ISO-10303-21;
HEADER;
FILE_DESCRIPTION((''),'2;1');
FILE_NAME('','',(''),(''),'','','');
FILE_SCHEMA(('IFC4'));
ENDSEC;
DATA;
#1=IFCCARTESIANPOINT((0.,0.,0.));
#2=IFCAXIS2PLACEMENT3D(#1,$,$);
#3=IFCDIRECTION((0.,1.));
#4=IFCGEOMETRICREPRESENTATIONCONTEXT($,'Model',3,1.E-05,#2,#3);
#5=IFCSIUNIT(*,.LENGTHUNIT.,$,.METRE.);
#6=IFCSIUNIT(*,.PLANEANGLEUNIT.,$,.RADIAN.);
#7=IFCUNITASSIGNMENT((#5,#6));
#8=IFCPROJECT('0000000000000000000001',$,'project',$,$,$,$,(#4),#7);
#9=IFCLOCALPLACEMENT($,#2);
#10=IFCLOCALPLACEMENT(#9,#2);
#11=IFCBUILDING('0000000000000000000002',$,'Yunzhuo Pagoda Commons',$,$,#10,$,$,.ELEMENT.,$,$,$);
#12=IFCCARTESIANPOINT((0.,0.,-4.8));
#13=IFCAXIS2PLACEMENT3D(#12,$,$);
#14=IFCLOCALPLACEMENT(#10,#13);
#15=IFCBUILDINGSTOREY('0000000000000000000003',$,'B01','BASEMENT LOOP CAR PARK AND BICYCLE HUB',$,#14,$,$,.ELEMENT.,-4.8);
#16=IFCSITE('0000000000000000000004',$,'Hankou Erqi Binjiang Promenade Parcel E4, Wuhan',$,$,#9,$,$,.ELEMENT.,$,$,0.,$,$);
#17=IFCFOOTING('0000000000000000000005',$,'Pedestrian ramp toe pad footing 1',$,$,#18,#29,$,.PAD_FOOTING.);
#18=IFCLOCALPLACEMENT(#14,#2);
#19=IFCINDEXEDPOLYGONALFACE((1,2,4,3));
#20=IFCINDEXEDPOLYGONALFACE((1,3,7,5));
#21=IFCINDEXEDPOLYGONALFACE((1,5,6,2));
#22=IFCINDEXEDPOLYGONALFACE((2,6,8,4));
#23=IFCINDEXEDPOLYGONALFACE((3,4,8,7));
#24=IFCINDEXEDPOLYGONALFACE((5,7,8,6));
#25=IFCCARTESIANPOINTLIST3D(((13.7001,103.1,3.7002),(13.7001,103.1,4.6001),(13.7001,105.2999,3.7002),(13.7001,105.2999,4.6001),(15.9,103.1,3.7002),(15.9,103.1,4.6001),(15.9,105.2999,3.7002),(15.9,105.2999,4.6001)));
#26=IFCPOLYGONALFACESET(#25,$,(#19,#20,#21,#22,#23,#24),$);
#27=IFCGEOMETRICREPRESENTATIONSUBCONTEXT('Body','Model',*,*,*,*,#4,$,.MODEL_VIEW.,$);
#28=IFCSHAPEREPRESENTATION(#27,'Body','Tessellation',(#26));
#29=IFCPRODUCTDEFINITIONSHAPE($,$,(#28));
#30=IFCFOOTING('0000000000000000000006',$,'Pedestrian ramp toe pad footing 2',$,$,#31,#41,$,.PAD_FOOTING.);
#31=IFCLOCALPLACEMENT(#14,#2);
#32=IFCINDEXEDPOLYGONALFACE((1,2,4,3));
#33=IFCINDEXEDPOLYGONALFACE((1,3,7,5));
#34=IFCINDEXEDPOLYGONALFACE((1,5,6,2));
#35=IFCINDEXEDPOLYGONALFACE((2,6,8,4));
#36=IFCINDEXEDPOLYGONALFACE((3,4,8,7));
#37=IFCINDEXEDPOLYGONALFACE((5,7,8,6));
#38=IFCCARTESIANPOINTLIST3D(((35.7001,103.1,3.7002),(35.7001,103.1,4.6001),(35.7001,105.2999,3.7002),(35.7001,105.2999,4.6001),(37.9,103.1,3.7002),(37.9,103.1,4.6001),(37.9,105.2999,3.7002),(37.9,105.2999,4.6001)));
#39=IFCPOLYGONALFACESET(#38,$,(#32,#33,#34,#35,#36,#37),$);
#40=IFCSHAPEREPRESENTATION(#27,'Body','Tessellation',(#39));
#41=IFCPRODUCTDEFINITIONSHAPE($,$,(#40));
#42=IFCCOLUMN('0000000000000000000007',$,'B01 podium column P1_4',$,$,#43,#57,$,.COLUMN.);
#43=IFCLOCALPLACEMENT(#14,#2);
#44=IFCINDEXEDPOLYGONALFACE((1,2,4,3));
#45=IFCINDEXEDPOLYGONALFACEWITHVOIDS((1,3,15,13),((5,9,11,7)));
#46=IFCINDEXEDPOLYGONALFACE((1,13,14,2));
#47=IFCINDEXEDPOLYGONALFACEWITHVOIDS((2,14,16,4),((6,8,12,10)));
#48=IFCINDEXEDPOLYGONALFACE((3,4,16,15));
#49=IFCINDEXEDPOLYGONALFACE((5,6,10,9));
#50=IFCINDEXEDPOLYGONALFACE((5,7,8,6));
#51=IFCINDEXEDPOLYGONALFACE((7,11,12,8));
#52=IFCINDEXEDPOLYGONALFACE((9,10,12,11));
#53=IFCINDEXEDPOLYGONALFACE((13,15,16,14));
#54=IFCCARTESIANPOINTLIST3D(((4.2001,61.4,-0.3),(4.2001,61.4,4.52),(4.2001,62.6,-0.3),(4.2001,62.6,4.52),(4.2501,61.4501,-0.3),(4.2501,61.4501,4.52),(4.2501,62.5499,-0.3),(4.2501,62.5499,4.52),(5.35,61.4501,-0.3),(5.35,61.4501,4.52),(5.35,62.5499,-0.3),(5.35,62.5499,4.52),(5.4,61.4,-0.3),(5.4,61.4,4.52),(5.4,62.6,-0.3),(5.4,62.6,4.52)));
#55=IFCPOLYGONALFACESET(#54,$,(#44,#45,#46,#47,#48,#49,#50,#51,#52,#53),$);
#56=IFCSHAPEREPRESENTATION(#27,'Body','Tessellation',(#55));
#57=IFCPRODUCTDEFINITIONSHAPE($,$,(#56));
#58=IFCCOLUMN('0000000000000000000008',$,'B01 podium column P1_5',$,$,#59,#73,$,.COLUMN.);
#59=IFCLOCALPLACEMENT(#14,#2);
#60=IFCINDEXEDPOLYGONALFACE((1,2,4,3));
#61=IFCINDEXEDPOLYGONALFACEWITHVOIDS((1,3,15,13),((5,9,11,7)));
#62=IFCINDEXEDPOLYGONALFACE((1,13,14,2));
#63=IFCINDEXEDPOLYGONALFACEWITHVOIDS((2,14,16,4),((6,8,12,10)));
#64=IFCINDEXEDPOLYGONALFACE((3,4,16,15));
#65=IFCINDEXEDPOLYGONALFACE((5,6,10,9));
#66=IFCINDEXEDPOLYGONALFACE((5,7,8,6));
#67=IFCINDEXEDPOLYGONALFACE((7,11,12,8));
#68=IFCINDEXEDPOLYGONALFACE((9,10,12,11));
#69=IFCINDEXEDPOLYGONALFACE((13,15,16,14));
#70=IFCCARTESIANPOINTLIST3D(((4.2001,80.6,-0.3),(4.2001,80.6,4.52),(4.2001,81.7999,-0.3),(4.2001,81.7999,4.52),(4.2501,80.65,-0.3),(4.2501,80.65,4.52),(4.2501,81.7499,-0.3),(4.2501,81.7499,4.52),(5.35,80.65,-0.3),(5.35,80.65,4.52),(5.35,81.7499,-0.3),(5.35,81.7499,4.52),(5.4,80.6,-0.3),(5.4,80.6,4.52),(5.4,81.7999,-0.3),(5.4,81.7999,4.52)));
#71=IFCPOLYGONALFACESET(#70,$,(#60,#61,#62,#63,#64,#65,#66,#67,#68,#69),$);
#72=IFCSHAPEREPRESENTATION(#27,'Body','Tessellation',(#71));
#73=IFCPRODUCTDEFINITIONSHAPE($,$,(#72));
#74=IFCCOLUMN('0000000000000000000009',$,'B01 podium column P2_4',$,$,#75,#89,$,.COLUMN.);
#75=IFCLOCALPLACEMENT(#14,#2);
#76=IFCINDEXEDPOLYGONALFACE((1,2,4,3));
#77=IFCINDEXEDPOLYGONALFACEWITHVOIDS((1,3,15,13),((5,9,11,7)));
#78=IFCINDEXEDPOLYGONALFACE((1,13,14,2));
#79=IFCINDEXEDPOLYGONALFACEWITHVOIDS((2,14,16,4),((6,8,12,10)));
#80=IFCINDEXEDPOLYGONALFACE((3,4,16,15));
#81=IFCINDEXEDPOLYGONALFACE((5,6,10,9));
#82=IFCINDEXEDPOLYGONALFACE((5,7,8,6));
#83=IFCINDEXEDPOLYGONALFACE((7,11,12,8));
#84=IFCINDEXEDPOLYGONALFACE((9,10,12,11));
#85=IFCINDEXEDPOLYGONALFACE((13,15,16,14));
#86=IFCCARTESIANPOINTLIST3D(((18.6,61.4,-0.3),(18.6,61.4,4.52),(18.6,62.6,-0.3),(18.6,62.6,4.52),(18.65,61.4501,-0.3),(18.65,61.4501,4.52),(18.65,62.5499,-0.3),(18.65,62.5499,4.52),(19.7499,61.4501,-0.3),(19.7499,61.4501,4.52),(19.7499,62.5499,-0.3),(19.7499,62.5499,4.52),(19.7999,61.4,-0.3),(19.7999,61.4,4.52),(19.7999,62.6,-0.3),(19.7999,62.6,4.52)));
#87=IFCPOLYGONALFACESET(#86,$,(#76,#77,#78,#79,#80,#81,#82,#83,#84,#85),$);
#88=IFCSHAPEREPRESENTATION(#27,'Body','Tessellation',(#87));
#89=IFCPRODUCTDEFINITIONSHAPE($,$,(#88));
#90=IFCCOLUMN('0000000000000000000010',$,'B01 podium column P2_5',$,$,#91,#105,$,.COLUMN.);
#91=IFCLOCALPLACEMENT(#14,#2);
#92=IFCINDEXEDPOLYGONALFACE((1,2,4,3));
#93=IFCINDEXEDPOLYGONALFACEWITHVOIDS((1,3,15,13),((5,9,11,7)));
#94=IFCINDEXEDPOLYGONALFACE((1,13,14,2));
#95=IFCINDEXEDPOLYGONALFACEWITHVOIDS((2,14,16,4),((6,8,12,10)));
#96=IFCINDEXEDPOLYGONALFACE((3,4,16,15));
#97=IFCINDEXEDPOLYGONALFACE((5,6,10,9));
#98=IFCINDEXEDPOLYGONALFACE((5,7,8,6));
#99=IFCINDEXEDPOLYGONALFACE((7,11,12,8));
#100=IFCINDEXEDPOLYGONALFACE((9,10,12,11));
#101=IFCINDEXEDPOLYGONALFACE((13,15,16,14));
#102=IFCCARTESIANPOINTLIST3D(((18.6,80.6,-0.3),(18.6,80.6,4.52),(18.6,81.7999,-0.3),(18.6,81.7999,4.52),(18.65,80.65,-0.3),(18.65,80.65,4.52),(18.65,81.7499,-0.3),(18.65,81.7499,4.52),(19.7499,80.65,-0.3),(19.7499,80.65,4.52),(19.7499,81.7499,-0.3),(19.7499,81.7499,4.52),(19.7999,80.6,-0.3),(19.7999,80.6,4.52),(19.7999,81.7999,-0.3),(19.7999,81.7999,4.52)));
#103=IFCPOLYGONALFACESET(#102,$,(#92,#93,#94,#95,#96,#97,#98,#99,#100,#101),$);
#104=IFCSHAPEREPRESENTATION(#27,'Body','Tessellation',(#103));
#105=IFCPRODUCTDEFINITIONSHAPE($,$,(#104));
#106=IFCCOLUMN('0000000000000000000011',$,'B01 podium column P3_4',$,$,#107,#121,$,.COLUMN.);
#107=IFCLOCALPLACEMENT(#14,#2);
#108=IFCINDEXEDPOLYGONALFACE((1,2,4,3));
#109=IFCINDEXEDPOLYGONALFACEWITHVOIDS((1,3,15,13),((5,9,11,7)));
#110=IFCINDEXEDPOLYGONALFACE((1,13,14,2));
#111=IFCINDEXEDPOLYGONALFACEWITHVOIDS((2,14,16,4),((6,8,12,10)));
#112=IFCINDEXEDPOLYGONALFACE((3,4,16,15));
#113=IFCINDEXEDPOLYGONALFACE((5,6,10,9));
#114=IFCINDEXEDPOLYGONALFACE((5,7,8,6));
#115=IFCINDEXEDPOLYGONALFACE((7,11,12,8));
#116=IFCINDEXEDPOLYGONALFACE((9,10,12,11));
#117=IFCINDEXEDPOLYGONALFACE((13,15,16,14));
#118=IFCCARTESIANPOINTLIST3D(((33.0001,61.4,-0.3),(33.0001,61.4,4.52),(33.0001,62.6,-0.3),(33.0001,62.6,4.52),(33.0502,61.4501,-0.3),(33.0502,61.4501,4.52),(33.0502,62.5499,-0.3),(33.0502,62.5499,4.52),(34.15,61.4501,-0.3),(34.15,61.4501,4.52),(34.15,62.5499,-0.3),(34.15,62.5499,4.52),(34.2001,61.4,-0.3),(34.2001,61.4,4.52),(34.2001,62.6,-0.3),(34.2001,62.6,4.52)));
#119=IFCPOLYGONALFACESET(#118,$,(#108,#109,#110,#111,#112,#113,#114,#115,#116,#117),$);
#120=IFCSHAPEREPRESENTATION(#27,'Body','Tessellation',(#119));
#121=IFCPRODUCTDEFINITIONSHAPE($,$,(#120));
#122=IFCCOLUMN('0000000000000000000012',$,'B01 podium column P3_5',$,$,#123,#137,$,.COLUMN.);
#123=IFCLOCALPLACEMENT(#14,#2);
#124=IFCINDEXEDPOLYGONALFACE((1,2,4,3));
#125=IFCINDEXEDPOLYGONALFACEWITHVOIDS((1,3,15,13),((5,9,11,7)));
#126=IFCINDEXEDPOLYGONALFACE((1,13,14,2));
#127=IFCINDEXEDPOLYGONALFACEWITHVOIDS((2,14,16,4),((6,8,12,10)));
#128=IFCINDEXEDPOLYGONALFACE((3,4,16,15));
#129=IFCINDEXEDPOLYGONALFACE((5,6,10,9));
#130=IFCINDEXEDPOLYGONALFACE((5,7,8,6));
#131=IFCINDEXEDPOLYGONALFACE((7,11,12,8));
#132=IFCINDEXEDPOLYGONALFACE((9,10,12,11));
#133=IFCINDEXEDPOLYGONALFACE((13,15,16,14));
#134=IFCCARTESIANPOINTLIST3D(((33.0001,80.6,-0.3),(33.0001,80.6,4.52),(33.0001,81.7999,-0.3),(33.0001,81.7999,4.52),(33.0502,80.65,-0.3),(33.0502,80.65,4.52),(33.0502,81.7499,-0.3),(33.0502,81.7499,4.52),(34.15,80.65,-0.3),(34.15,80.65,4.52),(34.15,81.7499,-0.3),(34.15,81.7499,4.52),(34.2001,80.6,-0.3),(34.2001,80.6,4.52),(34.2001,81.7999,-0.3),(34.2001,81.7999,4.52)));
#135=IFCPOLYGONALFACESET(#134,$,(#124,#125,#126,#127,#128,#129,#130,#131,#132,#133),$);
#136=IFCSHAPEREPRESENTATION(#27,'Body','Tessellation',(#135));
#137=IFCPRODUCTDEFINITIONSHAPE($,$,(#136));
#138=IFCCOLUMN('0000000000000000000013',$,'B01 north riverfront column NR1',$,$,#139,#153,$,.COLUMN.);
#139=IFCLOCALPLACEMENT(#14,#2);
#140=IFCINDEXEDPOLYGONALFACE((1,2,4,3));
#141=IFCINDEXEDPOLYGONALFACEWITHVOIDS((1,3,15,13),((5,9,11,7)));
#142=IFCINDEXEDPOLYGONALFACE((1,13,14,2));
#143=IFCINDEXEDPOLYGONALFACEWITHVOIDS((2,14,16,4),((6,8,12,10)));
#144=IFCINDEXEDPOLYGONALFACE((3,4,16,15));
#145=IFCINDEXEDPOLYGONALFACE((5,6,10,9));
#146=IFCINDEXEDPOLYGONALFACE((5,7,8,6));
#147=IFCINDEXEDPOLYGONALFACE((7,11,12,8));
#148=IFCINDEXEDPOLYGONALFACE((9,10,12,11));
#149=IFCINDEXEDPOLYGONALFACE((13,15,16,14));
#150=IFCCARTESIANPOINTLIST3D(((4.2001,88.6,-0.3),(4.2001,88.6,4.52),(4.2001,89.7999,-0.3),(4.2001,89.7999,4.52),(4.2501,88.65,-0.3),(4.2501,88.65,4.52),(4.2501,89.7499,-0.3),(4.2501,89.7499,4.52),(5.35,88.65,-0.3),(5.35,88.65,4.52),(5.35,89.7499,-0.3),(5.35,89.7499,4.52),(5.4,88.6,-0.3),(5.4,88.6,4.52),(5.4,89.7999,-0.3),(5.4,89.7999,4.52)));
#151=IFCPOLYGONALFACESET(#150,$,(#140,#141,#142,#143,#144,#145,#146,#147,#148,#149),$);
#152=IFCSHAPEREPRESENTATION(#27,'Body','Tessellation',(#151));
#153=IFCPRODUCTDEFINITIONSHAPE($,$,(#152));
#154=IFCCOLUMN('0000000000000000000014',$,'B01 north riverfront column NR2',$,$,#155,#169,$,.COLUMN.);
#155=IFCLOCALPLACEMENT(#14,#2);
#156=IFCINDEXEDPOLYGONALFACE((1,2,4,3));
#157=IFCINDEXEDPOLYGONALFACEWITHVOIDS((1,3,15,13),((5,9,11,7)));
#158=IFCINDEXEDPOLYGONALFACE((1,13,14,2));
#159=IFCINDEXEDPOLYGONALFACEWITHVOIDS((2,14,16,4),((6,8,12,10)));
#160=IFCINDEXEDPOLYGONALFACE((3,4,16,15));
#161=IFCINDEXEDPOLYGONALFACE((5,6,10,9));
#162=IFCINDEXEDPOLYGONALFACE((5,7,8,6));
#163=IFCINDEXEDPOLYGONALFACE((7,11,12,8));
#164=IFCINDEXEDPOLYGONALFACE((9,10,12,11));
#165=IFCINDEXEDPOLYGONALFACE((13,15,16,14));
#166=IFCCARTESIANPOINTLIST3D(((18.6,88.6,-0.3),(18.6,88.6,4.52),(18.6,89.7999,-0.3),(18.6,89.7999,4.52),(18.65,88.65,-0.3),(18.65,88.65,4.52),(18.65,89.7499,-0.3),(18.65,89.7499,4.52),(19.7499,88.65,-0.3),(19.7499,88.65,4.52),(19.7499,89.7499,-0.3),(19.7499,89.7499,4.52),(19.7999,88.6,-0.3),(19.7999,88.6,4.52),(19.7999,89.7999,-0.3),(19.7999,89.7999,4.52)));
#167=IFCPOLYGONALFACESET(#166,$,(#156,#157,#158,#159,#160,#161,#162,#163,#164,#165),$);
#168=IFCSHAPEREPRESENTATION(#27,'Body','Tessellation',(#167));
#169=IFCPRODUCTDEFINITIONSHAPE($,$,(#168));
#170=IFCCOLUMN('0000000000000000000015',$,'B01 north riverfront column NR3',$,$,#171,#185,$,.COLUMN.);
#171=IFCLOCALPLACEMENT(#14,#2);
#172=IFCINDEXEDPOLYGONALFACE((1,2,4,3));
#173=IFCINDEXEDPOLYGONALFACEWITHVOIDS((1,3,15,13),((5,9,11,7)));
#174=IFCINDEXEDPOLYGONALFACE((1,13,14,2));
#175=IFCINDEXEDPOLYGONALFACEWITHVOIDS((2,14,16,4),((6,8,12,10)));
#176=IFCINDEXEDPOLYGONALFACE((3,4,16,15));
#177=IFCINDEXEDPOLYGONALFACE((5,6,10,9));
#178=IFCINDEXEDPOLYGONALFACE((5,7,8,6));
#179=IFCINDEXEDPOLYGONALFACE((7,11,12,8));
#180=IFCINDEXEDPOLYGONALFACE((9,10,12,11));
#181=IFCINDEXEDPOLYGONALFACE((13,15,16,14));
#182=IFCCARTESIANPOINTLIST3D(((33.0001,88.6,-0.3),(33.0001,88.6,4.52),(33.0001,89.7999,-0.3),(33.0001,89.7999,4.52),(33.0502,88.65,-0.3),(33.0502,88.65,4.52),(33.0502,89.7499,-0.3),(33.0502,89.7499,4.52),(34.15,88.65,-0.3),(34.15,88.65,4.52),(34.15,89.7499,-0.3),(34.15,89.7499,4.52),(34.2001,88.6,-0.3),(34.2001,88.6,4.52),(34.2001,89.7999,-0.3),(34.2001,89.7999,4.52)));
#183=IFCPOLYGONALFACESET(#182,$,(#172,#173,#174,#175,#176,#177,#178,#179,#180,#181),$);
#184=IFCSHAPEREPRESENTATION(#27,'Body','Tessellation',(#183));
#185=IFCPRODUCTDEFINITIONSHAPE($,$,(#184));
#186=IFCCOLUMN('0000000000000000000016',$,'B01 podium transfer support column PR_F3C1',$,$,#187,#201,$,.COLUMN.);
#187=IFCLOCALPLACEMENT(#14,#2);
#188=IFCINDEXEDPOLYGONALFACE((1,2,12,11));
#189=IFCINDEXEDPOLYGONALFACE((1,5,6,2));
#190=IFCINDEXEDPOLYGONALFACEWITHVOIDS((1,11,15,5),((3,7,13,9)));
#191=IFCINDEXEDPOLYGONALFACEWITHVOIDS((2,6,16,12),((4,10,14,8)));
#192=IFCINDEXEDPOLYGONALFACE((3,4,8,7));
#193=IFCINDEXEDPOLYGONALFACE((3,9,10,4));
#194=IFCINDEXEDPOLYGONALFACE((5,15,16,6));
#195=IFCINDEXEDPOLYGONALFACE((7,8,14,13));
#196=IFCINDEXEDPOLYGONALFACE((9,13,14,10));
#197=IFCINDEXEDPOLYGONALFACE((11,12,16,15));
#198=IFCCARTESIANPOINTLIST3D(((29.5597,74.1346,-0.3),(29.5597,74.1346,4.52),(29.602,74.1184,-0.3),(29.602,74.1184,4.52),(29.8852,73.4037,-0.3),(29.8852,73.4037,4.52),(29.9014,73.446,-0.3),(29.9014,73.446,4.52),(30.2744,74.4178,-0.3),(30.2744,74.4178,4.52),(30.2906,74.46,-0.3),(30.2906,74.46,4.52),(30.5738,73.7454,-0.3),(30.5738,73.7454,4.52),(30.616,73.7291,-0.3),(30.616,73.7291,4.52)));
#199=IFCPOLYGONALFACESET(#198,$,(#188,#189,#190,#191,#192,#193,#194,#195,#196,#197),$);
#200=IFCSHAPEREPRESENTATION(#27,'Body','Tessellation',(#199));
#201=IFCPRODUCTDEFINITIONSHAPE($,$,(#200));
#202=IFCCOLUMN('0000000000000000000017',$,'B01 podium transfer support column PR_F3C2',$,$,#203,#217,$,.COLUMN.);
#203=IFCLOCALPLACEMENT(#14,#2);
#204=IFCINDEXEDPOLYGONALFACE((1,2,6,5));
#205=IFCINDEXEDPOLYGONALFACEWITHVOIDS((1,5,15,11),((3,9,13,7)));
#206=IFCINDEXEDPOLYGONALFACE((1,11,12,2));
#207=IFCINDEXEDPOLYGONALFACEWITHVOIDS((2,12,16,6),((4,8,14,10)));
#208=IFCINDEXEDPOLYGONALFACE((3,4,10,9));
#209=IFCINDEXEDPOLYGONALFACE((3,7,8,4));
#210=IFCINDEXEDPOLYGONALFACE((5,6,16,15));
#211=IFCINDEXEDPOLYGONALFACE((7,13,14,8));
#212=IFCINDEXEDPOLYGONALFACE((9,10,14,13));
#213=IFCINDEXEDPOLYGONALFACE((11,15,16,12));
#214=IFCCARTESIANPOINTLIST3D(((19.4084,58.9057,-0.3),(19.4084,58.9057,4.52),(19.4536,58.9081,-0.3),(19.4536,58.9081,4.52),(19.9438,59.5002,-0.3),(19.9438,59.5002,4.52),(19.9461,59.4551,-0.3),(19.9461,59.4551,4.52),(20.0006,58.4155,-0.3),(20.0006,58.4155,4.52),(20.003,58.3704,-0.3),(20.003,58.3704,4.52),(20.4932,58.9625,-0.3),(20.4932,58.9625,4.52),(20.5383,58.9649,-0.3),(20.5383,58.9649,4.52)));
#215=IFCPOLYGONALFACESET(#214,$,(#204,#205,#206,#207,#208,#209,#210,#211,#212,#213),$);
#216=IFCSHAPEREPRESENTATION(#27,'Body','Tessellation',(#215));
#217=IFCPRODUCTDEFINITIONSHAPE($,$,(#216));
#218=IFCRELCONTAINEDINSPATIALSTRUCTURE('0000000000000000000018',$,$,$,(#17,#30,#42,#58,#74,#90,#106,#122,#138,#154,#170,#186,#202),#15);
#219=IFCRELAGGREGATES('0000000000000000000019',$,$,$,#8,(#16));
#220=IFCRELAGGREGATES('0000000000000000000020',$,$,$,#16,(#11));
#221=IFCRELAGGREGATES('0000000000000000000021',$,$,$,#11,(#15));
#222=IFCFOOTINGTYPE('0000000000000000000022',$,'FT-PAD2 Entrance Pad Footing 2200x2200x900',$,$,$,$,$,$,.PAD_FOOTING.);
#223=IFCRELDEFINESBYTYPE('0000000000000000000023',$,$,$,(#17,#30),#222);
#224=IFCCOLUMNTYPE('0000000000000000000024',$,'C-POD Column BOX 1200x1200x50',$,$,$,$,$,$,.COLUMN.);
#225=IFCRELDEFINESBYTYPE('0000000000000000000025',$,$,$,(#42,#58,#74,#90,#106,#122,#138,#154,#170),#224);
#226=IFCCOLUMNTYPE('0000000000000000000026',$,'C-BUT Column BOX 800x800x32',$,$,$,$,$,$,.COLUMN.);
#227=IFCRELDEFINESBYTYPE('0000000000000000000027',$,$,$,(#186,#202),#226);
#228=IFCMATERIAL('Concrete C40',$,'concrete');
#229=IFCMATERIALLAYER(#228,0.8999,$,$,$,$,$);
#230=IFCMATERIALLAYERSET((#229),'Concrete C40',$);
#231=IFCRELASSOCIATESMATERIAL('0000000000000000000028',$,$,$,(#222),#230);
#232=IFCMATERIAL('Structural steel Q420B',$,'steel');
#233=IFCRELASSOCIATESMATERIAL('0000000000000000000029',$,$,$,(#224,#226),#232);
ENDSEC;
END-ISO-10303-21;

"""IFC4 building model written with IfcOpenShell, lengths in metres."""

from ifc_helpers import new_model, si_unit, direction, frame, origin, origin_2d, place, context, subcontext, project, spatial, rectangle, hollow_rectangle, extrude, source, transform, mapped, material, layer, layer_set, material_profile, profile_set, type_object, element, save


model = new_model("IFC4")

# Units and contexts
model_context = context("Model", 3, precision=1e-05, world=origin(), true_north=direction((0.0, 1.0)))
body_context = subcontext(model_context, "Body", "Model", "MODEL_VIEW")
ifc_project = project(units=[si_unit("LENGTHUNIT", "METRE"), si_unit("PLANEANGLEUNIT", "RADIAN")], contexts=[model_context])

# Site, building, storey
site_placement = place(None, origin())
site = spatial("IfcSite", under=ifc_project, at=site_placement, Name="Hankou Erqi Binjiang Promenade Parcel E4, Wuhan", CompositionType="ELEMENT", RefElevation=0.0)
building_placement = place(site_placement, origin())
building = spatial("IfcBuilding", under=site, at=building_placement, Name="Yunzhuo Pagoda Commons", CompositionType="ELEMENT")
storey_placement = place(building_placement, frame((0.0, 0.0, -4.8)))
storey = spatial("IfcBuildingStorey", under=building, at=storey_placement, Name="B01", Description="BASEMENT LOOP CAR PARK AND BICYCLE HUB", CompositionType="ELEMENT", Elevation=-4.8)

# Footings
ifc_material_1 = material(Name="Concrete C40", Category="concrete")
ifc_layer_1 = layer(ifc_material_1, 0.8999)
ifc_layer_set_1 = layer_set([ifc_layer_1], Name="Concrete C40")
footing_type = type_object("IfcFootingType", Name="FT-PAD2 Entrance Pad Footing 2200x2200x900", PredefinedType="PAD_FOOTING", material=ifc_layer_set_1)
shared_shape_1 = source(origin(), body_context, "Body", "SweptSolid", [
    extrude(rectangle(XDim=2.2, YDim=2.2, at=origin_2d()), origin(), (0.0, 0.0, 1.0), 0.8999),
])
for number, where, z_axis, x_axis, name in (
    (1, (14.8, 104.2, 3.7002), (0.0, 0.0, 1.0), (1.0, 0.0, 0.0), "Pedestrian ramp toe pad footing 1"),
    (2, (36.8, 104.2, 3.7002), (0.0, 0.0, 1.0), (1.0, 0.0, 0.0), "Pedestrian ramp toe pad footing 2"),
):
    element("IfcFooting", number, at=place(storey_placement, frame(where, z_axis=z_axis, x_axis=x_axis)), inside=storey, type_object=footing_type, Name=name, PredefinedType="PAD_FOOTING", context=body_context, shape_type="MappedRepresentation", body=[
        mapped(shared_shape_1, transform((0.0, 0.0, 0.0), scale=1.0)),
    ])

# Columns
ifc_material_2 = material(Name="Structural steel Q420B", Category="steel")
ifc_material_profile_1 = material_profile(ifc_material_2, hollow_rectangle(XDim=1.2, YDim=1.2, WallThickness=0.05, at=origin_2d()), Name="Structural steel Q420B")
ifc_profile_set_1 = profile_set([ifc_material_profile_1], Name="Structural steel Q420B")
column_type_1 = type_object("IfcColumnType", Name="C-POD Column BOX 1200x1200x50", PredefinedType="COLUMN", material=ifc_profile_set_1)
shared_shape_2 = source(origin(), body_context, "Body", "SweptSolid", [
    extrude(hollow_rectangle(XDim=1.2, YDim=1.2, WallThickness=0.05, at=origin_2d()), origin(), (0.0, 0.0, 1.0), 4.8201),
])
for number, where, z_axis, x_axis, name in (
    (3, (4.8, 62.0, -0.3), (0.0, 0.0, 1.0), (1.0, 0.0, 0.0), "B01 podium column P1_4"),
    (4, (4.8, 81.2, -0.3), (0.0, 0.0, 1.0), (1.0, 0.0, 0.0), "B01 podium column P1_5"),
    (5, (19.2, 62.0, -0.3), (0.0, 0.0, 1.0), (1.0, 0.0, 0.0), "B01 podium column P2_4"),
    (6, (19.2, 81.2, -0.3), (0.0, 0.0, 1.0), (1.0, 0.0, 0.0), "B01 podium column P2_5"),
    (7, (33.6001, 62.0, -0.3), (0.0, 0.0, 1.0), (1.0, 0.0, 0.0), "B01 podium column P3_4"),
    (8, (33.6001, 81.2, -0.3), (0.0, 0.0, 1.0), (1.0, 0.0, 0.0), "B01 podium column P3_5"),
    (9, (4.8, 89.2, -0.3), (0.0, 0.0, 1.0), (1.0, 0.0, 0.0), "B01 north riverfront column NR1"),
    (10, (19.2, 89.2, -0.3), (0.0, 0.0, 1.0), (1.0, 0.0, 0.0), "B01 north riverfront column NR2"),
    (11, (33.6001, 89.2, -0.3), (0.0, 0.0, 1.0), (1.0, 0.0, 0.0), "B01 north riverfront column NR3"),
):
    element("IfcColumn", number, at=place(storey_placement, frame(where, z_axis=z_axis, x_axis=x_axis)), inside=storey, type_object=column_type_1, Name=name, PredefinedType="COLUMN", context=body_context, shape_type="MappedRepresentation", body=[
        mapped(shared_shape_2, transform((0.0, 0.0, 0.0), scale=1.0)),
    ])
ifc_material_profile_2 = material_profile(ifc_material_2, hollow_rectangle(XDim=0.8, YDim=0.8, WallThickness=0.032, at=origin_2d()), Name="Structural steel Q420B")
ifc_profile_set_2 = profile_set([ifc_material_profile_2], Name="Structural steel Q420B")
column_type_2 = type_object("IfcColumnType", Name="C-BUT Column BOX 800x800x32", PredefinedType="COLUMN", material=ifc_profile_set_2)
shared_shape_3 = source(origin(), body_context, "Body", "SweptSolid", [
    extrude(hollow_rectangle(XDim=0.8, YDim=0.8, WallThickness=0.032, at=origin_2d()), origin(), (0.0, 0.0, 1.0), 4.8201),
])
for number, where, z_axis, x_axis, name in (
    (12, (30.0879, 73.9319, -0.3), (0.0, 0.0, 1.0), (-0.913545, -0.406737, 0.0), "B01 podium transfer support column PR_F3C1"),
    (13, (19.9734, 58.9353, -0.3), (0.0, 0.0, 1.0), (-0.669131, -0.743145, 0.0), "B01 podium transfer support column PR_F3C2"),
):
    element("IfcColumn", number, at=place(storey_placement, frame(where, z_axis=z_axis, x_axis=x_axis)), inside=storey, type_object=column_type_2, Name=name, PredefinedType="COLUMN", context=body_context, shape_type="MappedRepresentation", body=[
        mapped(shared_shape_3, transform((0.0, 0.0, 0.0), scale=1.0)),
    ])

save(model, "model.ifc")
